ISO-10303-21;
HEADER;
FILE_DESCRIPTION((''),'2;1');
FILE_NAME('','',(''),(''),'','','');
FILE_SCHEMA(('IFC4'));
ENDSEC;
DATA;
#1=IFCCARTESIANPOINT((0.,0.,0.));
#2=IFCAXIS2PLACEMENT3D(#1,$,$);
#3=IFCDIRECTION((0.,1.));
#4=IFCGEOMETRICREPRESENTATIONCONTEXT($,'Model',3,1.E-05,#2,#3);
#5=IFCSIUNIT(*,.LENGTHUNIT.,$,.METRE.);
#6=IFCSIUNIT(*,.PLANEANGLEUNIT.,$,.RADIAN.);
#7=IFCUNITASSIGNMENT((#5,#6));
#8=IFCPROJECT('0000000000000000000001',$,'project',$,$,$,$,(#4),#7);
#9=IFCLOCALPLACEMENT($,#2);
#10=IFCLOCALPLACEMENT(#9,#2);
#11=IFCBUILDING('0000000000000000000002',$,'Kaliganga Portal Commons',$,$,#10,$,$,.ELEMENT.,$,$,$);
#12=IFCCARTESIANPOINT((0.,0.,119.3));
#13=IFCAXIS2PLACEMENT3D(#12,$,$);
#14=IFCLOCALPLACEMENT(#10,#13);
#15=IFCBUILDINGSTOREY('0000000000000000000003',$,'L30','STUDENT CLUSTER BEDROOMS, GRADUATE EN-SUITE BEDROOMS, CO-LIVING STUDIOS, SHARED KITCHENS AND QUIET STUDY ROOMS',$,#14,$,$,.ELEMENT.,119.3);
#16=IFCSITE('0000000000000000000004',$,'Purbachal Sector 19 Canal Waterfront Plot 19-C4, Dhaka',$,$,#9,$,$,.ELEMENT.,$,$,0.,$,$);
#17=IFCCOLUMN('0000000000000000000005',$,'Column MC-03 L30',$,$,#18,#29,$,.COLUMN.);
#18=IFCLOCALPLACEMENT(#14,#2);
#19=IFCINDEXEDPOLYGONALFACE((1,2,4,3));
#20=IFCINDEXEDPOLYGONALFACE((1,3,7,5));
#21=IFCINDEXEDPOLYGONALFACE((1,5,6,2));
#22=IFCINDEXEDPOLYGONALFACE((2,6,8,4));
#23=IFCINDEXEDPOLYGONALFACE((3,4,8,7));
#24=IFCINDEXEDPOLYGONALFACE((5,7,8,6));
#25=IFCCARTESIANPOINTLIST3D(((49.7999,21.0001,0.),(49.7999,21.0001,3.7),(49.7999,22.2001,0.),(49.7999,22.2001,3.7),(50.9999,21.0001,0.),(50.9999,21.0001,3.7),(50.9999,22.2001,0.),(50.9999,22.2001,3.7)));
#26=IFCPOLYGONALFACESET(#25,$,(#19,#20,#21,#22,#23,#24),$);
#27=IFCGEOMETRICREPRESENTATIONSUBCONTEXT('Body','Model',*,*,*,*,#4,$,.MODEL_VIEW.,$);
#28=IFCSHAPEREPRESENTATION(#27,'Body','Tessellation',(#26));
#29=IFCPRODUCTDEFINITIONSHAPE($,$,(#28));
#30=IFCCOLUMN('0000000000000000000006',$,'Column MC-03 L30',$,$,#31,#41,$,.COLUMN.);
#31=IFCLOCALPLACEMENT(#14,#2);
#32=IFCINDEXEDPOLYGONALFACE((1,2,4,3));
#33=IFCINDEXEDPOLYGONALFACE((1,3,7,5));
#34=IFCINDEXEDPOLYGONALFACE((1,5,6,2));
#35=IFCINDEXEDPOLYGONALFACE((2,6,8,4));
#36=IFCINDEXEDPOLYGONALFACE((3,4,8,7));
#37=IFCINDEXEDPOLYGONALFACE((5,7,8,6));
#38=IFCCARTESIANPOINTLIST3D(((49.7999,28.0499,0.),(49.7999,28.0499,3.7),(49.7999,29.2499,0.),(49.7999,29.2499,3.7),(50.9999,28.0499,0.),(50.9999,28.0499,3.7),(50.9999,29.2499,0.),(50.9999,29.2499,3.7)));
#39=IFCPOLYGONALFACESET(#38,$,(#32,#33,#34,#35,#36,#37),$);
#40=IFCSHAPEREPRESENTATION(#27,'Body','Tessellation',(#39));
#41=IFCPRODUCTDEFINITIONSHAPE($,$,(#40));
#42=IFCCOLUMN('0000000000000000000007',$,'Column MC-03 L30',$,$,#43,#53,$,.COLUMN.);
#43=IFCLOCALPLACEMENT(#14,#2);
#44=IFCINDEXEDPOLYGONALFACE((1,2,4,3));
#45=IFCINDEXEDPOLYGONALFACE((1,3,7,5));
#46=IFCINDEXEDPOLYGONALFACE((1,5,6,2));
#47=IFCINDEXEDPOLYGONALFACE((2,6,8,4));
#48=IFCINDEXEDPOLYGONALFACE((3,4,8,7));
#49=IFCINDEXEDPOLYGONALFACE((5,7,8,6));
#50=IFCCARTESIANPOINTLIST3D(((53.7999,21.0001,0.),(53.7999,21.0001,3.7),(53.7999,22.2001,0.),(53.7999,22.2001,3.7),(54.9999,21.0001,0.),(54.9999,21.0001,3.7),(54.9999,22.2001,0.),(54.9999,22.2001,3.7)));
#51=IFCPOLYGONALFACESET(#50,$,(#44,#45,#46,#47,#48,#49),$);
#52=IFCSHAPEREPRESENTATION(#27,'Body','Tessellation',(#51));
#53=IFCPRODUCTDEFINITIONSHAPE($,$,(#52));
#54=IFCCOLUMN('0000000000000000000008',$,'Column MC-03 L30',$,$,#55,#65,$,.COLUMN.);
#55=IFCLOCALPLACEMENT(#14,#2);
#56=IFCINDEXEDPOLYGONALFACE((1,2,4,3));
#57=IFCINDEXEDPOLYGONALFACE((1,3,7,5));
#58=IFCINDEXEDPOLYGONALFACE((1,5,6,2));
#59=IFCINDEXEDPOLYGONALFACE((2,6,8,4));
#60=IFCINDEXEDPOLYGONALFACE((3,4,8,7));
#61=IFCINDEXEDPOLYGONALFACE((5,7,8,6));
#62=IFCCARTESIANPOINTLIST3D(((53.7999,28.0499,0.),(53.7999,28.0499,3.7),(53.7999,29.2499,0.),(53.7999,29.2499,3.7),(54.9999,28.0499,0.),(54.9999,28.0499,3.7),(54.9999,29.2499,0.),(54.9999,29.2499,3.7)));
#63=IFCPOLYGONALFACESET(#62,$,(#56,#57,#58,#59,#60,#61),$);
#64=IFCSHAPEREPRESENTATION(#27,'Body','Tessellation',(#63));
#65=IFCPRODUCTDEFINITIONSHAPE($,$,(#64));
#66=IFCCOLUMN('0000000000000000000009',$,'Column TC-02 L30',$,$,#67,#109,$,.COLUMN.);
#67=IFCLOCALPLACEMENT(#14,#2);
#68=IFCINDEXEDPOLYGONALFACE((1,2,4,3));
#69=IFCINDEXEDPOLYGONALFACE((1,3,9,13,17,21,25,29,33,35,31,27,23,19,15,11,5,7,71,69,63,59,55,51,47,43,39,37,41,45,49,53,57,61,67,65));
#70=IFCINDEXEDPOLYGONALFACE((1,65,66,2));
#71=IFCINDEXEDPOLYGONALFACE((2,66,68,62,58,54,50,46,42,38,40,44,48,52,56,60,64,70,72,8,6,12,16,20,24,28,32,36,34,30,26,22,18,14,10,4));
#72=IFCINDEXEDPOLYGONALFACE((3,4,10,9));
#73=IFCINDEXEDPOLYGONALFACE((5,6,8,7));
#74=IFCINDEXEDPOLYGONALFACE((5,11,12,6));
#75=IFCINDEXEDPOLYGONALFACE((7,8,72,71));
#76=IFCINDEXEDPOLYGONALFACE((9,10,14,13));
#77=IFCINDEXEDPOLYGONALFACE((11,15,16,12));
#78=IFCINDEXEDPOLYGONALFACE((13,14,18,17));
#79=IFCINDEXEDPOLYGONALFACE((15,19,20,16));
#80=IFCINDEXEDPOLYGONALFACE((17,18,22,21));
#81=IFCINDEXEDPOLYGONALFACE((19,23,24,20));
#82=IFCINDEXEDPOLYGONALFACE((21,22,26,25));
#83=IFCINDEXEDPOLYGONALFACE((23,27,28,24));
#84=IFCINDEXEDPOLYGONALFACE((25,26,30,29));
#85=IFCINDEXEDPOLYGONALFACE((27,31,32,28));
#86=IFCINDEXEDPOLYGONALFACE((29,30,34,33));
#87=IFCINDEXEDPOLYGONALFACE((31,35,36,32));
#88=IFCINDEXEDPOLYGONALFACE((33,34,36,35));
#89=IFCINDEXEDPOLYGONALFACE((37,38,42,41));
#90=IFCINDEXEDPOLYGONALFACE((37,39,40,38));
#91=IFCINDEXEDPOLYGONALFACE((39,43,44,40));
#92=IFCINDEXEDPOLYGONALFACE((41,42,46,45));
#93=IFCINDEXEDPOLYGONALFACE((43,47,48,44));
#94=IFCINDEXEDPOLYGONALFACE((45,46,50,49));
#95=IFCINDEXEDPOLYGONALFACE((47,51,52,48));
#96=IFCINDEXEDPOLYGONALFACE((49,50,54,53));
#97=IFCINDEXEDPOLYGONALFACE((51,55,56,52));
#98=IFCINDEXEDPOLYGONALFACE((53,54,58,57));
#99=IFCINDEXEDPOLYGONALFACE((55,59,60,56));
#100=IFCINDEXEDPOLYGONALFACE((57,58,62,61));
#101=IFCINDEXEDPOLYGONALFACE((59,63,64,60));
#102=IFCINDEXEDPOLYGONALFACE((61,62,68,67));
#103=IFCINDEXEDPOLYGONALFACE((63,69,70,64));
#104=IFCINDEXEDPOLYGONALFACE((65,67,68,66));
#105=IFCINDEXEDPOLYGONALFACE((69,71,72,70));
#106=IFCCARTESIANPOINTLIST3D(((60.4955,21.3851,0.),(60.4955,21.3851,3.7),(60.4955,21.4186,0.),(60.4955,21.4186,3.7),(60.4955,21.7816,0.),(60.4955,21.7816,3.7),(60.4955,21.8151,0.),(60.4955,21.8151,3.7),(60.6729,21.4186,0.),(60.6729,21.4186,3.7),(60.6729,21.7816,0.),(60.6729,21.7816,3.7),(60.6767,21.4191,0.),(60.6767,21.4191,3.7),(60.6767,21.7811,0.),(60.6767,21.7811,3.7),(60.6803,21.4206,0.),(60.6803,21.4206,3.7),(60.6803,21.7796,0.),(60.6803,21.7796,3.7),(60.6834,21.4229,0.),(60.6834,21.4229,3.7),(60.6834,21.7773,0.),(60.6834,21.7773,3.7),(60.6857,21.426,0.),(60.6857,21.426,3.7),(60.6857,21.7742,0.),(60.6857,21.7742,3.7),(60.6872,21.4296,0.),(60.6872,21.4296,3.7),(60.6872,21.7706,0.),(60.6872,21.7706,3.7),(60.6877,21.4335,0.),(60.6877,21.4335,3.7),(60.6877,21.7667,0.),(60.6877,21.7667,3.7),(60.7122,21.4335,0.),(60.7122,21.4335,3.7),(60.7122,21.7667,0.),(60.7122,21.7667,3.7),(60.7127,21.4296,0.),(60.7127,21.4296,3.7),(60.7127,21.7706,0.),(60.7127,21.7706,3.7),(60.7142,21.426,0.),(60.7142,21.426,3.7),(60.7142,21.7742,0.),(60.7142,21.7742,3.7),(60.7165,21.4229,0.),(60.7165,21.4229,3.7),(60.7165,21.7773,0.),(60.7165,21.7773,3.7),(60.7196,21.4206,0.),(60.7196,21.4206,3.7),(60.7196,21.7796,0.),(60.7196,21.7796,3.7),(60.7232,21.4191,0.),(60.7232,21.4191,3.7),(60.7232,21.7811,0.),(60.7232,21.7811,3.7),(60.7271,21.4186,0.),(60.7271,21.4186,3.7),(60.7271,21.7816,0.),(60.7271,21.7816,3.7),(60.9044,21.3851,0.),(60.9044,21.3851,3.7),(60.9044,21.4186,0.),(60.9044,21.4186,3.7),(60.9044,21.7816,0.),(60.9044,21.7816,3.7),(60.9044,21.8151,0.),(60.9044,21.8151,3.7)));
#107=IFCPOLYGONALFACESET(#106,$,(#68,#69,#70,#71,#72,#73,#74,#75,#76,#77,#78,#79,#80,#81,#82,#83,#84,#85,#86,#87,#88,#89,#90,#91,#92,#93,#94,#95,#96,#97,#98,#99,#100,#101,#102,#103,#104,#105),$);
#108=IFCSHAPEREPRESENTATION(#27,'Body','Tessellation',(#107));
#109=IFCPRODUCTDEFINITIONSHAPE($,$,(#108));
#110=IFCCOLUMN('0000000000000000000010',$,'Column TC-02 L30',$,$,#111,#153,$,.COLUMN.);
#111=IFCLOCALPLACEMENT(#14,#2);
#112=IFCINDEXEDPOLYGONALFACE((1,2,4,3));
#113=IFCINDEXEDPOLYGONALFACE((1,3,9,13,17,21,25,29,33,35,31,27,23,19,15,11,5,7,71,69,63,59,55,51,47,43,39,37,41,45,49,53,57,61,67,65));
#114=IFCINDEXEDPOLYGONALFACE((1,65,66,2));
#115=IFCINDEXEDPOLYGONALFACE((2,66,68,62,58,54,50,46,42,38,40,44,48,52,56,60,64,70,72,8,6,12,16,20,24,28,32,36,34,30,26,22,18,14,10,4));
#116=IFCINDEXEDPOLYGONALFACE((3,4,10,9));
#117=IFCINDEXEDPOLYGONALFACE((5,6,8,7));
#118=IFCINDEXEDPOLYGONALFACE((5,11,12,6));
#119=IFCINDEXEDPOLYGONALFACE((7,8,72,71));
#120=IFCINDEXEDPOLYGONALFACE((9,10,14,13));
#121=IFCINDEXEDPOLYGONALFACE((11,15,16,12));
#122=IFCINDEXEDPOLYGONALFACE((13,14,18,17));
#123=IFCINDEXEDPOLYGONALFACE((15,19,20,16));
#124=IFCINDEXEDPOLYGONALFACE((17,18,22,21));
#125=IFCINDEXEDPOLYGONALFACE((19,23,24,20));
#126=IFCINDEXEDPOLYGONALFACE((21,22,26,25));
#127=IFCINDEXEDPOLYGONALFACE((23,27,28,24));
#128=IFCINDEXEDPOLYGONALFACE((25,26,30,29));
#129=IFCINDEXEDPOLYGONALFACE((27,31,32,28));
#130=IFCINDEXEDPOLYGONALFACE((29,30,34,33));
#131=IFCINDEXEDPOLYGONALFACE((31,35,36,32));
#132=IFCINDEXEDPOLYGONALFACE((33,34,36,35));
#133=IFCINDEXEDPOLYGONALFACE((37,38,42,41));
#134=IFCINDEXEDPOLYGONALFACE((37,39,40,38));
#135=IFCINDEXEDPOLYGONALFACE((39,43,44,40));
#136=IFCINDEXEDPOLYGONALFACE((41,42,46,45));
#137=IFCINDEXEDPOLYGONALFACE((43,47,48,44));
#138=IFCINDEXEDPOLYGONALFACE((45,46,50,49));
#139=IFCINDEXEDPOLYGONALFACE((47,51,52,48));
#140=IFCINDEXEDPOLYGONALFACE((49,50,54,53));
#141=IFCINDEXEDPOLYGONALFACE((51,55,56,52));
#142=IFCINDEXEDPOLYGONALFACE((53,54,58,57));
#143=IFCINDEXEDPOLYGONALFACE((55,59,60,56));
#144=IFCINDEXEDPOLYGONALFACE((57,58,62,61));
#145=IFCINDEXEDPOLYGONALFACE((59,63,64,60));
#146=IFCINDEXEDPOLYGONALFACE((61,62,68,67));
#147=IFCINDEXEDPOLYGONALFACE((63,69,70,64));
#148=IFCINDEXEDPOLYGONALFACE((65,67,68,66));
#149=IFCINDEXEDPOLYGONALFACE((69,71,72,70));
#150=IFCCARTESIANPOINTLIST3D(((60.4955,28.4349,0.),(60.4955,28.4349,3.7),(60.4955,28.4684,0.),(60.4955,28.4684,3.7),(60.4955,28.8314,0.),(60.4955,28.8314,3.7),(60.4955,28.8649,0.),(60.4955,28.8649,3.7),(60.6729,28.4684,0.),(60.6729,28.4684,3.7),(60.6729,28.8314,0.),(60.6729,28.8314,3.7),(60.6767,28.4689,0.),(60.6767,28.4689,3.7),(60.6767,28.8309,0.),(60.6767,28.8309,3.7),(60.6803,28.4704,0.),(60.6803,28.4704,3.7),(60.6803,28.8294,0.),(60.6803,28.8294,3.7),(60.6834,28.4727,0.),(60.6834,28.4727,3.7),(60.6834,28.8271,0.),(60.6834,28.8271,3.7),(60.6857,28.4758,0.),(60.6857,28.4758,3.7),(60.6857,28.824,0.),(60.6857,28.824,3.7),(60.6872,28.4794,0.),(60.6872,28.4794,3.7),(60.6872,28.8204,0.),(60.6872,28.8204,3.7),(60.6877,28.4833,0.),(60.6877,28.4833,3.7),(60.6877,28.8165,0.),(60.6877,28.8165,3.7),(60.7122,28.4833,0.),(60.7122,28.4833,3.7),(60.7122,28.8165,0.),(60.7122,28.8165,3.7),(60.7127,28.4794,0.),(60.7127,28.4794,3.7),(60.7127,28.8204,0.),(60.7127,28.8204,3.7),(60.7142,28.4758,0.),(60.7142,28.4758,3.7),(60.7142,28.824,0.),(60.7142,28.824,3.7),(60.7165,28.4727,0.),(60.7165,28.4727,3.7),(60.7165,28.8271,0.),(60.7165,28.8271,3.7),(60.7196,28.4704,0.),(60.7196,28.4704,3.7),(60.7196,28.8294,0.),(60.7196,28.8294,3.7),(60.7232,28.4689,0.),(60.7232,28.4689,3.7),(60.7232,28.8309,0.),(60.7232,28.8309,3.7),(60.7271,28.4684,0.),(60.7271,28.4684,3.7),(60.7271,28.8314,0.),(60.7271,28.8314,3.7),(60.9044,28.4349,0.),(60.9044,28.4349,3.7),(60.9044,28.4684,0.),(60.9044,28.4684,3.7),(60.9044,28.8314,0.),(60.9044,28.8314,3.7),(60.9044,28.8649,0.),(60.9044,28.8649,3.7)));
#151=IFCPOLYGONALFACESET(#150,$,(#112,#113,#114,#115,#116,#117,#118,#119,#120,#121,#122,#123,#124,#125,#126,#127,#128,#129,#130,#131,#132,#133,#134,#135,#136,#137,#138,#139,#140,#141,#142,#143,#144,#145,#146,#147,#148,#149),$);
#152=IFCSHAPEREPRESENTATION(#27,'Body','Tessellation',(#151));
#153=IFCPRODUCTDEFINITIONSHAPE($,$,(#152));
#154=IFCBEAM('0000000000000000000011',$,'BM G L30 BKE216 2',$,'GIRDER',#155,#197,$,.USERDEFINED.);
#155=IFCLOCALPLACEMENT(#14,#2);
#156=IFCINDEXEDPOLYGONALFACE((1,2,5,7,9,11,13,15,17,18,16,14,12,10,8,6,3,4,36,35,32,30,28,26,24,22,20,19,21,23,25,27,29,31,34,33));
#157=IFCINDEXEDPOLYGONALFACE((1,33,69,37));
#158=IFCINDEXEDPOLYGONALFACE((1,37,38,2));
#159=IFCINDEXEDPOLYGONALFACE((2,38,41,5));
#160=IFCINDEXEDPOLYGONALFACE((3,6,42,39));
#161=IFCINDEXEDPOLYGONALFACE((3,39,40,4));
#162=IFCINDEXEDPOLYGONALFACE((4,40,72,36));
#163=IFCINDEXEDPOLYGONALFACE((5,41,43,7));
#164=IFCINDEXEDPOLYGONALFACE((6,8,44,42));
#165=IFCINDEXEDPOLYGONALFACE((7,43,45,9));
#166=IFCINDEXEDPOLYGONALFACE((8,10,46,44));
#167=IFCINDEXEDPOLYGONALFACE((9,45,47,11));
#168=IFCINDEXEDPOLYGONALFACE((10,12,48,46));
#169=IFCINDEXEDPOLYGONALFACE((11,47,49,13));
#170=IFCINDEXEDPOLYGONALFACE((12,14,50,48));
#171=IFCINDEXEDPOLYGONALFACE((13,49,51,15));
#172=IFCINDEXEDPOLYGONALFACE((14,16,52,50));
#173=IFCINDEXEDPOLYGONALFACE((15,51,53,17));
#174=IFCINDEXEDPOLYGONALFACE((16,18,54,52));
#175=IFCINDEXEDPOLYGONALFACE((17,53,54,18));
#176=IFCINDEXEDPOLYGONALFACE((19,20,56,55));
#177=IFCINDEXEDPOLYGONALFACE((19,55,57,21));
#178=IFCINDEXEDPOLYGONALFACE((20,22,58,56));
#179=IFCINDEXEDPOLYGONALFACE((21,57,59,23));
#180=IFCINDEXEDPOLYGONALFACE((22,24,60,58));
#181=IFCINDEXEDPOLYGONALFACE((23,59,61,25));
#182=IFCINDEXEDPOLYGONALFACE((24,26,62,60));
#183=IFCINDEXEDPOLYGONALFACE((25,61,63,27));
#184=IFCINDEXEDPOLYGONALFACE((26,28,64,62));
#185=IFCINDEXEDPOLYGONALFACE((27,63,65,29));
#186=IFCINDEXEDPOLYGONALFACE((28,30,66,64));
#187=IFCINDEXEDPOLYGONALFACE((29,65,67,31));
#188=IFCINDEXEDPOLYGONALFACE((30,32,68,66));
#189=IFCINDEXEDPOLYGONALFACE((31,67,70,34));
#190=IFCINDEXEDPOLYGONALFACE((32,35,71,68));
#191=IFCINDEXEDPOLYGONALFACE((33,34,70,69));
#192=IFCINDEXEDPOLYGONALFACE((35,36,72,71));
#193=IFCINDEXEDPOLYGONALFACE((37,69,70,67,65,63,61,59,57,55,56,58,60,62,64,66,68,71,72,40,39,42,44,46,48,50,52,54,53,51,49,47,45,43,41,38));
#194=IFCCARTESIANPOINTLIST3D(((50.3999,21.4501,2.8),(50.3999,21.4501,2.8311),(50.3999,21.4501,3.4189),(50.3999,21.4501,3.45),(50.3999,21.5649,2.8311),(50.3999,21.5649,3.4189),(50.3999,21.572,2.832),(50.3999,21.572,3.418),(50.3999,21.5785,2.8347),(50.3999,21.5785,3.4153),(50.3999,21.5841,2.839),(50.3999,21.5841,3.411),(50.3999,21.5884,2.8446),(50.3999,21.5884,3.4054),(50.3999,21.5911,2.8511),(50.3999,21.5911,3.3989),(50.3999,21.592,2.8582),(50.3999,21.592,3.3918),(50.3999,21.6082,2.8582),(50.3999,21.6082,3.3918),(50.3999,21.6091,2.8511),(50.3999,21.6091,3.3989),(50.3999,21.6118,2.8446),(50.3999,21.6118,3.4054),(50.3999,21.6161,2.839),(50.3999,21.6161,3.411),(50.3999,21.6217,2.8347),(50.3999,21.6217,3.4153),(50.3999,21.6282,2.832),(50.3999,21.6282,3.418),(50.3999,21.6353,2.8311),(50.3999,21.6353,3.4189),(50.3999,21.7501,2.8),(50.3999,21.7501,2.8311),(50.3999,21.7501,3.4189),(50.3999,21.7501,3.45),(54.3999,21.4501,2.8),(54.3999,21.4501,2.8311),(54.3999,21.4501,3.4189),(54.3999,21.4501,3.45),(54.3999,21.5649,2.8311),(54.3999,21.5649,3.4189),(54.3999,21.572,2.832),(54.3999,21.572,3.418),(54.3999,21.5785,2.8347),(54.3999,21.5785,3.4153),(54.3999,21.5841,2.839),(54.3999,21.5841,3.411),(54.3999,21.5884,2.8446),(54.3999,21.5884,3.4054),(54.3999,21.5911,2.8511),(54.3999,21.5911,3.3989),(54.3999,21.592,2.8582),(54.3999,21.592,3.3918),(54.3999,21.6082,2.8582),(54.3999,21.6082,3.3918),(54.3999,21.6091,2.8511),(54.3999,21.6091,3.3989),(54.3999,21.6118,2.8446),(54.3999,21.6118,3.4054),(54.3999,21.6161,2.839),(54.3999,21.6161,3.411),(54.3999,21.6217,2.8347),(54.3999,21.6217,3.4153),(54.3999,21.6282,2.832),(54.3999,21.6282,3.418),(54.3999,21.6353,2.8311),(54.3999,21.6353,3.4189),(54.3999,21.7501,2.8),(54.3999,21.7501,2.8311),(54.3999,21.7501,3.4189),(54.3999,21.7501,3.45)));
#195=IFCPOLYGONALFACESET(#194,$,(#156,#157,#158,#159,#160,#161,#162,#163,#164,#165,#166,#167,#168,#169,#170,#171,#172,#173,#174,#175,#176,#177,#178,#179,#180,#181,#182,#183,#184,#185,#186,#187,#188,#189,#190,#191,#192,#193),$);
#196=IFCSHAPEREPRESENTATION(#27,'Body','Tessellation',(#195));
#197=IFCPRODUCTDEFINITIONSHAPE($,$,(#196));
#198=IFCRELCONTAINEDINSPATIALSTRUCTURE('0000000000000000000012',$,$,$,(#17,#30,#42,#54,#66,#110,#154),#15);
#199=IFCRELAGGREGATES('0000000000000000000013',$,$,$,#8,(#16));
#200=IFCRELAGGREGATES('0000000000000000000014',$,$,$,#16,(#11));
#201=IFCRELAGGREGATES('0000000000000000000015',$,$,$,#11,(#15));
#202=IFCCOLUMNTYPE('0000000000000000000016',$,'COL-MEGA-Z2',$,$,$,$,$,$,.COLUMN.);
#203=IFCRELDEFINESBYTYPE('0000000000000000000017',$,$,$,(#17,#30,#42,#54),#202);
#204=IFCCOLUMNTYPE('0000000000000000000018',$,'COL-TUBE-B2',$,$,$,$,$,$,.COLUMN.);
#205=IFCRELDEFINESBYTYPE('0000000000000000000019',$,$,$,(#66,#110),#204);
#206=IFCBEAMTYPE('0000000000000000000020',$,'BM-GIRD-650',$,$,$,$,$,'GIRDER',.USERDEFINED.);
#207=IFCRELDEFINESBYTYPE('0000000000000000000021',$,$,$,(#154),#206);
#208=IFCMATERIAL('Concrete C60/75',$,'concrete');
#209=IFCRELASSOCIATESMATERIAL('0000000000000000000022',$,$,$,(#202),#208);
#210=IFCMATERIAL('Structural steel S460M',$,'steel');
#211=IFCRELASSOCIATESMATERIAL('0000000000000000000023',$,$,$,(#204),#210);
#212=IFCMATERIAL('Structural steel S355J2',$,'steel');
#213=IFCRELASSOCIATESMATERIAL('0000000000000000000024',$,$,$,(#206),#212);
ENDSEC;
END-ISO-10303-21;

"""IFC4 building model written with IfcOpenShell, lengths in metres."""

from ifc_helpers import new_model, si_unit, direction, frame, origin, origin_2d, place, context, subcontext, project, spatial, rectangle, i_section, extrude, source, transform, mapped, material, material_profile, profile_set, type_object, element, save


model = new_model("IFC4")

# Units and contexts
model_context = context("Model", 3, precision=1e-05, world=origin(), true_north=direction((0.0, 1.0)))
body_context = subcontext(model_context, "Body", "Model", "MODEL_VIEW")
ifc_project = project(units=[si_unit("LENGTHUNIT", "METRE"), si_unit("PLANEANGLEUNIT", "RADIAN")], contexts=[model_context])

# Site, building, storey
site_placement = place(None, origin())
site = spatial("IfcSite", under=ifc_project, at=site_placement, Name="Purbachal Sector 19 Canal Waterfront Plot 19-C4, Dhaka", CompositionType="ELEMENT", RefElevation=0.0)
building_placement = place(site_placement, origin())
building = spatial("IfcBuilding", under=site, at=building_placement, Name="Kaliganga Portal Commons", CompositionType="ELEMENT")
storey_placement = place(building_placement, frame((0.0, 0.0, 119.3)))
storey = spatial("IfcBuildingStorey", under=building, at=storey_placement, Name="L30", Description="STUDENT CLUSTER BEDROOMS, GRADUATE EN-SUITE BEDROOMS, CO-LIVING STUDIOS, SHARED KITCHENS AND QUIET STUDY ROOMS", CompositionType="ELEMENT", Elevation=119.3)

# Columns
ifc_material_1 = material(Name="Concrete C60/75", Category="concrete")
ifc_material_profile_1 = material_profile(ifc_material_1, rectangle(XDim=1.2, YDim=1.2, at=origin_2d()), Name="RC 1200x1200")
ifc_profile_set_1 = profile_set([ifc_material_profile_1], Name="Concrete C60/75")
column_type_1 = type_object("IfcColumnType", Name="COL-MEGA-Z2", PredefinedType="COLUMN", material=ifc_profile_set_1)
shared_shape_1 = source(origin(), body_context, "Body", "SweptSolid", [
    extrude(rectangle(XDim=1.2, YDim=1.2, at=origin_2d()), origin(), (0.0, 0.0, 1.0), 3.7),
])
for number, where, z_axis, x_axis, name in (
    (1, (50.3999, 21.6001, 0.0), (0.0, 0.0, 1.0), (1.0, 0.0, 0.0), "Column MC-03 L30"),
    (2, (50.3999, 28.6499, 0.0), (0.0, 0.0, 1.0), (1.0, 0.0, 0.0), "Column MC-03 L30"),
    (3, (54.3999, 21.6001, 0.0), (0.0, 0.0, 1.0), (1.0, 0.0, 0.0), "Column MC-03 L30"),
    (4, (54.3999, 28.6499, 0.0), (0.0, 0.0, 1.0), (1.0, 0.0, 0.0), "Column MC-03 L30"),
):
    element("IfcColumn", number, at=place(storey_placement, frame(where, z_axis=z_axis, x_axis=x_axis)), inside=storey, type_object=column_type_1, Name=name, PredefinedType="COLUMN", context=body_context, shape_type="MappedRepresentation", body=[
        mapped(shared_shape_1, transform((0.0, 0.0, 0.0), x_axis=(1.0, 0.0, 0.0), y_axis=(0.0, 1.0, 0.0), z_axis=(0.0, 0.0, 1.0), scale=1.0)),
    ])
ifc_material_2 = material(Name="Structural steel S460M", Category="steel")
ifc_material_profile_2 = material_profile(ifc_material_2, i_section(OverallWidth=0.4089, OverallDepth=0.4299, WebThickness=0.0244, FlangeThickness=0.0334, FilletRadius=0.0149, at=origin_2d()), Name="HD 400x421")
ifc_profile_set_2 = profile_set([ifc_material_profile_2], Name="Structural steel S460M wide-flange")
column_type_2 = type_object("IfcColumnType", Name="COL-TUBE-B2", PredefinedType="COLUMN", material=ifc_profile_set_2)
shared_shape_2 = source(origin(), body_context, "Body", "SweptSolid", [
    extrude(i_section(OverallWidth=0.4089, OverallDepth=0.4299, WebThickness=0.0244, FlangeThickness=0.0334, FilletRadius=0.0149, at=origin_2d()), origin(), (0.0, 0.0, 1.0), 3.7),
])
for number, where, z_axis, x_axis, name in (
    (5, (60.7, 21.6001, 0.0), (0.0, 0.0, 1.0), (1.0, 0.0, 0.0), "Column TC-02 L30"),
    (6, (60.7, 28.6499, 0.0), (0.0, 0.0, 1.0), (1.0, 0.0, 0.0), "Column TC-02 L30"),
):
    element("IfcColumn", number, at=place(storey_placement, frame(where, z_axis=z_axis, x_axis=x_axis)), inside=storey, type_object=column_type_2, Name=name, PredefinedType="COLUMN", context=body_context, shape_type="MappedRepresentation", body=[
        mapped(shared_shape_2, transform((0.0, 0.0, 0.0), x_axis=(1.0, 0.0, 0.0), y_axis=(0.0, 1.0, 0.0), z_axis=(0.0, 0.0, 1.0), scale=1.0)),
    ])

# Beam
ifc_material_3 = material(Name="Structural steel S355J2", Category="steel")
ifc_material_profile_3 = material_profile(ifc_material_3, i_section(OverallWidth=0.3, OverallDepth=0.6499, WebThickness=0.0161, FlangeThickness=0.031, FilletRadius=0.0271, at=origin_2d()), Name="HE 650 B")
ifc_profile_set_3 = profile_set([ifc_material_profile_3], Name="Structural steel S355J2 wide-flange")
beam_type_1 = type_object("IfcBeamType", Name="BM-GIRD-650", ElementType="GIRDER", PredefinedType="USERDEFINED", material=ifc_profile_set_3)
shared_shape_3 = source(origin(), body_context, "Body", "SweptSolid", [
    extrude(i_section(OverallWidth=0.3, OverallDepth=0.6499, WebThickness=0.0161, FlangeThickness=0.031, FilletRadius=0.0271, at=origin_2d()), origin(), (0.0, 0.0, 1.0), 4.0),
])
for number, where, z_axis, x_axis, name in (
    (7, (50.3999, 21.6001, 3.125), (1.0, 0.0, 0.0), (0.0, 1.0, 0.0), "BM G L30 BKE216 2"),
):
    element("IfcBeam", number, at=place(storey_placement, frame(where, z_axis=z_axis, x_axis=x_axis)), inside=storey, type_object=beam_type_1, Name=name, ObjectType="GIRDER", PredefinedType="USERDEFINED", context=body_context, shape_type="MappedRepresentation", body=[
        mapped(shared_shape_3, transform((0.0, 0.0, 0.0), x_axis=(1.0, 0.0, 0.0), y_axis=(0.0, 1.0, 0.0), z_axis=(0.0, 0.0, 1.0), scale=1.0)),
    ])

save(model, "model.ifc")
